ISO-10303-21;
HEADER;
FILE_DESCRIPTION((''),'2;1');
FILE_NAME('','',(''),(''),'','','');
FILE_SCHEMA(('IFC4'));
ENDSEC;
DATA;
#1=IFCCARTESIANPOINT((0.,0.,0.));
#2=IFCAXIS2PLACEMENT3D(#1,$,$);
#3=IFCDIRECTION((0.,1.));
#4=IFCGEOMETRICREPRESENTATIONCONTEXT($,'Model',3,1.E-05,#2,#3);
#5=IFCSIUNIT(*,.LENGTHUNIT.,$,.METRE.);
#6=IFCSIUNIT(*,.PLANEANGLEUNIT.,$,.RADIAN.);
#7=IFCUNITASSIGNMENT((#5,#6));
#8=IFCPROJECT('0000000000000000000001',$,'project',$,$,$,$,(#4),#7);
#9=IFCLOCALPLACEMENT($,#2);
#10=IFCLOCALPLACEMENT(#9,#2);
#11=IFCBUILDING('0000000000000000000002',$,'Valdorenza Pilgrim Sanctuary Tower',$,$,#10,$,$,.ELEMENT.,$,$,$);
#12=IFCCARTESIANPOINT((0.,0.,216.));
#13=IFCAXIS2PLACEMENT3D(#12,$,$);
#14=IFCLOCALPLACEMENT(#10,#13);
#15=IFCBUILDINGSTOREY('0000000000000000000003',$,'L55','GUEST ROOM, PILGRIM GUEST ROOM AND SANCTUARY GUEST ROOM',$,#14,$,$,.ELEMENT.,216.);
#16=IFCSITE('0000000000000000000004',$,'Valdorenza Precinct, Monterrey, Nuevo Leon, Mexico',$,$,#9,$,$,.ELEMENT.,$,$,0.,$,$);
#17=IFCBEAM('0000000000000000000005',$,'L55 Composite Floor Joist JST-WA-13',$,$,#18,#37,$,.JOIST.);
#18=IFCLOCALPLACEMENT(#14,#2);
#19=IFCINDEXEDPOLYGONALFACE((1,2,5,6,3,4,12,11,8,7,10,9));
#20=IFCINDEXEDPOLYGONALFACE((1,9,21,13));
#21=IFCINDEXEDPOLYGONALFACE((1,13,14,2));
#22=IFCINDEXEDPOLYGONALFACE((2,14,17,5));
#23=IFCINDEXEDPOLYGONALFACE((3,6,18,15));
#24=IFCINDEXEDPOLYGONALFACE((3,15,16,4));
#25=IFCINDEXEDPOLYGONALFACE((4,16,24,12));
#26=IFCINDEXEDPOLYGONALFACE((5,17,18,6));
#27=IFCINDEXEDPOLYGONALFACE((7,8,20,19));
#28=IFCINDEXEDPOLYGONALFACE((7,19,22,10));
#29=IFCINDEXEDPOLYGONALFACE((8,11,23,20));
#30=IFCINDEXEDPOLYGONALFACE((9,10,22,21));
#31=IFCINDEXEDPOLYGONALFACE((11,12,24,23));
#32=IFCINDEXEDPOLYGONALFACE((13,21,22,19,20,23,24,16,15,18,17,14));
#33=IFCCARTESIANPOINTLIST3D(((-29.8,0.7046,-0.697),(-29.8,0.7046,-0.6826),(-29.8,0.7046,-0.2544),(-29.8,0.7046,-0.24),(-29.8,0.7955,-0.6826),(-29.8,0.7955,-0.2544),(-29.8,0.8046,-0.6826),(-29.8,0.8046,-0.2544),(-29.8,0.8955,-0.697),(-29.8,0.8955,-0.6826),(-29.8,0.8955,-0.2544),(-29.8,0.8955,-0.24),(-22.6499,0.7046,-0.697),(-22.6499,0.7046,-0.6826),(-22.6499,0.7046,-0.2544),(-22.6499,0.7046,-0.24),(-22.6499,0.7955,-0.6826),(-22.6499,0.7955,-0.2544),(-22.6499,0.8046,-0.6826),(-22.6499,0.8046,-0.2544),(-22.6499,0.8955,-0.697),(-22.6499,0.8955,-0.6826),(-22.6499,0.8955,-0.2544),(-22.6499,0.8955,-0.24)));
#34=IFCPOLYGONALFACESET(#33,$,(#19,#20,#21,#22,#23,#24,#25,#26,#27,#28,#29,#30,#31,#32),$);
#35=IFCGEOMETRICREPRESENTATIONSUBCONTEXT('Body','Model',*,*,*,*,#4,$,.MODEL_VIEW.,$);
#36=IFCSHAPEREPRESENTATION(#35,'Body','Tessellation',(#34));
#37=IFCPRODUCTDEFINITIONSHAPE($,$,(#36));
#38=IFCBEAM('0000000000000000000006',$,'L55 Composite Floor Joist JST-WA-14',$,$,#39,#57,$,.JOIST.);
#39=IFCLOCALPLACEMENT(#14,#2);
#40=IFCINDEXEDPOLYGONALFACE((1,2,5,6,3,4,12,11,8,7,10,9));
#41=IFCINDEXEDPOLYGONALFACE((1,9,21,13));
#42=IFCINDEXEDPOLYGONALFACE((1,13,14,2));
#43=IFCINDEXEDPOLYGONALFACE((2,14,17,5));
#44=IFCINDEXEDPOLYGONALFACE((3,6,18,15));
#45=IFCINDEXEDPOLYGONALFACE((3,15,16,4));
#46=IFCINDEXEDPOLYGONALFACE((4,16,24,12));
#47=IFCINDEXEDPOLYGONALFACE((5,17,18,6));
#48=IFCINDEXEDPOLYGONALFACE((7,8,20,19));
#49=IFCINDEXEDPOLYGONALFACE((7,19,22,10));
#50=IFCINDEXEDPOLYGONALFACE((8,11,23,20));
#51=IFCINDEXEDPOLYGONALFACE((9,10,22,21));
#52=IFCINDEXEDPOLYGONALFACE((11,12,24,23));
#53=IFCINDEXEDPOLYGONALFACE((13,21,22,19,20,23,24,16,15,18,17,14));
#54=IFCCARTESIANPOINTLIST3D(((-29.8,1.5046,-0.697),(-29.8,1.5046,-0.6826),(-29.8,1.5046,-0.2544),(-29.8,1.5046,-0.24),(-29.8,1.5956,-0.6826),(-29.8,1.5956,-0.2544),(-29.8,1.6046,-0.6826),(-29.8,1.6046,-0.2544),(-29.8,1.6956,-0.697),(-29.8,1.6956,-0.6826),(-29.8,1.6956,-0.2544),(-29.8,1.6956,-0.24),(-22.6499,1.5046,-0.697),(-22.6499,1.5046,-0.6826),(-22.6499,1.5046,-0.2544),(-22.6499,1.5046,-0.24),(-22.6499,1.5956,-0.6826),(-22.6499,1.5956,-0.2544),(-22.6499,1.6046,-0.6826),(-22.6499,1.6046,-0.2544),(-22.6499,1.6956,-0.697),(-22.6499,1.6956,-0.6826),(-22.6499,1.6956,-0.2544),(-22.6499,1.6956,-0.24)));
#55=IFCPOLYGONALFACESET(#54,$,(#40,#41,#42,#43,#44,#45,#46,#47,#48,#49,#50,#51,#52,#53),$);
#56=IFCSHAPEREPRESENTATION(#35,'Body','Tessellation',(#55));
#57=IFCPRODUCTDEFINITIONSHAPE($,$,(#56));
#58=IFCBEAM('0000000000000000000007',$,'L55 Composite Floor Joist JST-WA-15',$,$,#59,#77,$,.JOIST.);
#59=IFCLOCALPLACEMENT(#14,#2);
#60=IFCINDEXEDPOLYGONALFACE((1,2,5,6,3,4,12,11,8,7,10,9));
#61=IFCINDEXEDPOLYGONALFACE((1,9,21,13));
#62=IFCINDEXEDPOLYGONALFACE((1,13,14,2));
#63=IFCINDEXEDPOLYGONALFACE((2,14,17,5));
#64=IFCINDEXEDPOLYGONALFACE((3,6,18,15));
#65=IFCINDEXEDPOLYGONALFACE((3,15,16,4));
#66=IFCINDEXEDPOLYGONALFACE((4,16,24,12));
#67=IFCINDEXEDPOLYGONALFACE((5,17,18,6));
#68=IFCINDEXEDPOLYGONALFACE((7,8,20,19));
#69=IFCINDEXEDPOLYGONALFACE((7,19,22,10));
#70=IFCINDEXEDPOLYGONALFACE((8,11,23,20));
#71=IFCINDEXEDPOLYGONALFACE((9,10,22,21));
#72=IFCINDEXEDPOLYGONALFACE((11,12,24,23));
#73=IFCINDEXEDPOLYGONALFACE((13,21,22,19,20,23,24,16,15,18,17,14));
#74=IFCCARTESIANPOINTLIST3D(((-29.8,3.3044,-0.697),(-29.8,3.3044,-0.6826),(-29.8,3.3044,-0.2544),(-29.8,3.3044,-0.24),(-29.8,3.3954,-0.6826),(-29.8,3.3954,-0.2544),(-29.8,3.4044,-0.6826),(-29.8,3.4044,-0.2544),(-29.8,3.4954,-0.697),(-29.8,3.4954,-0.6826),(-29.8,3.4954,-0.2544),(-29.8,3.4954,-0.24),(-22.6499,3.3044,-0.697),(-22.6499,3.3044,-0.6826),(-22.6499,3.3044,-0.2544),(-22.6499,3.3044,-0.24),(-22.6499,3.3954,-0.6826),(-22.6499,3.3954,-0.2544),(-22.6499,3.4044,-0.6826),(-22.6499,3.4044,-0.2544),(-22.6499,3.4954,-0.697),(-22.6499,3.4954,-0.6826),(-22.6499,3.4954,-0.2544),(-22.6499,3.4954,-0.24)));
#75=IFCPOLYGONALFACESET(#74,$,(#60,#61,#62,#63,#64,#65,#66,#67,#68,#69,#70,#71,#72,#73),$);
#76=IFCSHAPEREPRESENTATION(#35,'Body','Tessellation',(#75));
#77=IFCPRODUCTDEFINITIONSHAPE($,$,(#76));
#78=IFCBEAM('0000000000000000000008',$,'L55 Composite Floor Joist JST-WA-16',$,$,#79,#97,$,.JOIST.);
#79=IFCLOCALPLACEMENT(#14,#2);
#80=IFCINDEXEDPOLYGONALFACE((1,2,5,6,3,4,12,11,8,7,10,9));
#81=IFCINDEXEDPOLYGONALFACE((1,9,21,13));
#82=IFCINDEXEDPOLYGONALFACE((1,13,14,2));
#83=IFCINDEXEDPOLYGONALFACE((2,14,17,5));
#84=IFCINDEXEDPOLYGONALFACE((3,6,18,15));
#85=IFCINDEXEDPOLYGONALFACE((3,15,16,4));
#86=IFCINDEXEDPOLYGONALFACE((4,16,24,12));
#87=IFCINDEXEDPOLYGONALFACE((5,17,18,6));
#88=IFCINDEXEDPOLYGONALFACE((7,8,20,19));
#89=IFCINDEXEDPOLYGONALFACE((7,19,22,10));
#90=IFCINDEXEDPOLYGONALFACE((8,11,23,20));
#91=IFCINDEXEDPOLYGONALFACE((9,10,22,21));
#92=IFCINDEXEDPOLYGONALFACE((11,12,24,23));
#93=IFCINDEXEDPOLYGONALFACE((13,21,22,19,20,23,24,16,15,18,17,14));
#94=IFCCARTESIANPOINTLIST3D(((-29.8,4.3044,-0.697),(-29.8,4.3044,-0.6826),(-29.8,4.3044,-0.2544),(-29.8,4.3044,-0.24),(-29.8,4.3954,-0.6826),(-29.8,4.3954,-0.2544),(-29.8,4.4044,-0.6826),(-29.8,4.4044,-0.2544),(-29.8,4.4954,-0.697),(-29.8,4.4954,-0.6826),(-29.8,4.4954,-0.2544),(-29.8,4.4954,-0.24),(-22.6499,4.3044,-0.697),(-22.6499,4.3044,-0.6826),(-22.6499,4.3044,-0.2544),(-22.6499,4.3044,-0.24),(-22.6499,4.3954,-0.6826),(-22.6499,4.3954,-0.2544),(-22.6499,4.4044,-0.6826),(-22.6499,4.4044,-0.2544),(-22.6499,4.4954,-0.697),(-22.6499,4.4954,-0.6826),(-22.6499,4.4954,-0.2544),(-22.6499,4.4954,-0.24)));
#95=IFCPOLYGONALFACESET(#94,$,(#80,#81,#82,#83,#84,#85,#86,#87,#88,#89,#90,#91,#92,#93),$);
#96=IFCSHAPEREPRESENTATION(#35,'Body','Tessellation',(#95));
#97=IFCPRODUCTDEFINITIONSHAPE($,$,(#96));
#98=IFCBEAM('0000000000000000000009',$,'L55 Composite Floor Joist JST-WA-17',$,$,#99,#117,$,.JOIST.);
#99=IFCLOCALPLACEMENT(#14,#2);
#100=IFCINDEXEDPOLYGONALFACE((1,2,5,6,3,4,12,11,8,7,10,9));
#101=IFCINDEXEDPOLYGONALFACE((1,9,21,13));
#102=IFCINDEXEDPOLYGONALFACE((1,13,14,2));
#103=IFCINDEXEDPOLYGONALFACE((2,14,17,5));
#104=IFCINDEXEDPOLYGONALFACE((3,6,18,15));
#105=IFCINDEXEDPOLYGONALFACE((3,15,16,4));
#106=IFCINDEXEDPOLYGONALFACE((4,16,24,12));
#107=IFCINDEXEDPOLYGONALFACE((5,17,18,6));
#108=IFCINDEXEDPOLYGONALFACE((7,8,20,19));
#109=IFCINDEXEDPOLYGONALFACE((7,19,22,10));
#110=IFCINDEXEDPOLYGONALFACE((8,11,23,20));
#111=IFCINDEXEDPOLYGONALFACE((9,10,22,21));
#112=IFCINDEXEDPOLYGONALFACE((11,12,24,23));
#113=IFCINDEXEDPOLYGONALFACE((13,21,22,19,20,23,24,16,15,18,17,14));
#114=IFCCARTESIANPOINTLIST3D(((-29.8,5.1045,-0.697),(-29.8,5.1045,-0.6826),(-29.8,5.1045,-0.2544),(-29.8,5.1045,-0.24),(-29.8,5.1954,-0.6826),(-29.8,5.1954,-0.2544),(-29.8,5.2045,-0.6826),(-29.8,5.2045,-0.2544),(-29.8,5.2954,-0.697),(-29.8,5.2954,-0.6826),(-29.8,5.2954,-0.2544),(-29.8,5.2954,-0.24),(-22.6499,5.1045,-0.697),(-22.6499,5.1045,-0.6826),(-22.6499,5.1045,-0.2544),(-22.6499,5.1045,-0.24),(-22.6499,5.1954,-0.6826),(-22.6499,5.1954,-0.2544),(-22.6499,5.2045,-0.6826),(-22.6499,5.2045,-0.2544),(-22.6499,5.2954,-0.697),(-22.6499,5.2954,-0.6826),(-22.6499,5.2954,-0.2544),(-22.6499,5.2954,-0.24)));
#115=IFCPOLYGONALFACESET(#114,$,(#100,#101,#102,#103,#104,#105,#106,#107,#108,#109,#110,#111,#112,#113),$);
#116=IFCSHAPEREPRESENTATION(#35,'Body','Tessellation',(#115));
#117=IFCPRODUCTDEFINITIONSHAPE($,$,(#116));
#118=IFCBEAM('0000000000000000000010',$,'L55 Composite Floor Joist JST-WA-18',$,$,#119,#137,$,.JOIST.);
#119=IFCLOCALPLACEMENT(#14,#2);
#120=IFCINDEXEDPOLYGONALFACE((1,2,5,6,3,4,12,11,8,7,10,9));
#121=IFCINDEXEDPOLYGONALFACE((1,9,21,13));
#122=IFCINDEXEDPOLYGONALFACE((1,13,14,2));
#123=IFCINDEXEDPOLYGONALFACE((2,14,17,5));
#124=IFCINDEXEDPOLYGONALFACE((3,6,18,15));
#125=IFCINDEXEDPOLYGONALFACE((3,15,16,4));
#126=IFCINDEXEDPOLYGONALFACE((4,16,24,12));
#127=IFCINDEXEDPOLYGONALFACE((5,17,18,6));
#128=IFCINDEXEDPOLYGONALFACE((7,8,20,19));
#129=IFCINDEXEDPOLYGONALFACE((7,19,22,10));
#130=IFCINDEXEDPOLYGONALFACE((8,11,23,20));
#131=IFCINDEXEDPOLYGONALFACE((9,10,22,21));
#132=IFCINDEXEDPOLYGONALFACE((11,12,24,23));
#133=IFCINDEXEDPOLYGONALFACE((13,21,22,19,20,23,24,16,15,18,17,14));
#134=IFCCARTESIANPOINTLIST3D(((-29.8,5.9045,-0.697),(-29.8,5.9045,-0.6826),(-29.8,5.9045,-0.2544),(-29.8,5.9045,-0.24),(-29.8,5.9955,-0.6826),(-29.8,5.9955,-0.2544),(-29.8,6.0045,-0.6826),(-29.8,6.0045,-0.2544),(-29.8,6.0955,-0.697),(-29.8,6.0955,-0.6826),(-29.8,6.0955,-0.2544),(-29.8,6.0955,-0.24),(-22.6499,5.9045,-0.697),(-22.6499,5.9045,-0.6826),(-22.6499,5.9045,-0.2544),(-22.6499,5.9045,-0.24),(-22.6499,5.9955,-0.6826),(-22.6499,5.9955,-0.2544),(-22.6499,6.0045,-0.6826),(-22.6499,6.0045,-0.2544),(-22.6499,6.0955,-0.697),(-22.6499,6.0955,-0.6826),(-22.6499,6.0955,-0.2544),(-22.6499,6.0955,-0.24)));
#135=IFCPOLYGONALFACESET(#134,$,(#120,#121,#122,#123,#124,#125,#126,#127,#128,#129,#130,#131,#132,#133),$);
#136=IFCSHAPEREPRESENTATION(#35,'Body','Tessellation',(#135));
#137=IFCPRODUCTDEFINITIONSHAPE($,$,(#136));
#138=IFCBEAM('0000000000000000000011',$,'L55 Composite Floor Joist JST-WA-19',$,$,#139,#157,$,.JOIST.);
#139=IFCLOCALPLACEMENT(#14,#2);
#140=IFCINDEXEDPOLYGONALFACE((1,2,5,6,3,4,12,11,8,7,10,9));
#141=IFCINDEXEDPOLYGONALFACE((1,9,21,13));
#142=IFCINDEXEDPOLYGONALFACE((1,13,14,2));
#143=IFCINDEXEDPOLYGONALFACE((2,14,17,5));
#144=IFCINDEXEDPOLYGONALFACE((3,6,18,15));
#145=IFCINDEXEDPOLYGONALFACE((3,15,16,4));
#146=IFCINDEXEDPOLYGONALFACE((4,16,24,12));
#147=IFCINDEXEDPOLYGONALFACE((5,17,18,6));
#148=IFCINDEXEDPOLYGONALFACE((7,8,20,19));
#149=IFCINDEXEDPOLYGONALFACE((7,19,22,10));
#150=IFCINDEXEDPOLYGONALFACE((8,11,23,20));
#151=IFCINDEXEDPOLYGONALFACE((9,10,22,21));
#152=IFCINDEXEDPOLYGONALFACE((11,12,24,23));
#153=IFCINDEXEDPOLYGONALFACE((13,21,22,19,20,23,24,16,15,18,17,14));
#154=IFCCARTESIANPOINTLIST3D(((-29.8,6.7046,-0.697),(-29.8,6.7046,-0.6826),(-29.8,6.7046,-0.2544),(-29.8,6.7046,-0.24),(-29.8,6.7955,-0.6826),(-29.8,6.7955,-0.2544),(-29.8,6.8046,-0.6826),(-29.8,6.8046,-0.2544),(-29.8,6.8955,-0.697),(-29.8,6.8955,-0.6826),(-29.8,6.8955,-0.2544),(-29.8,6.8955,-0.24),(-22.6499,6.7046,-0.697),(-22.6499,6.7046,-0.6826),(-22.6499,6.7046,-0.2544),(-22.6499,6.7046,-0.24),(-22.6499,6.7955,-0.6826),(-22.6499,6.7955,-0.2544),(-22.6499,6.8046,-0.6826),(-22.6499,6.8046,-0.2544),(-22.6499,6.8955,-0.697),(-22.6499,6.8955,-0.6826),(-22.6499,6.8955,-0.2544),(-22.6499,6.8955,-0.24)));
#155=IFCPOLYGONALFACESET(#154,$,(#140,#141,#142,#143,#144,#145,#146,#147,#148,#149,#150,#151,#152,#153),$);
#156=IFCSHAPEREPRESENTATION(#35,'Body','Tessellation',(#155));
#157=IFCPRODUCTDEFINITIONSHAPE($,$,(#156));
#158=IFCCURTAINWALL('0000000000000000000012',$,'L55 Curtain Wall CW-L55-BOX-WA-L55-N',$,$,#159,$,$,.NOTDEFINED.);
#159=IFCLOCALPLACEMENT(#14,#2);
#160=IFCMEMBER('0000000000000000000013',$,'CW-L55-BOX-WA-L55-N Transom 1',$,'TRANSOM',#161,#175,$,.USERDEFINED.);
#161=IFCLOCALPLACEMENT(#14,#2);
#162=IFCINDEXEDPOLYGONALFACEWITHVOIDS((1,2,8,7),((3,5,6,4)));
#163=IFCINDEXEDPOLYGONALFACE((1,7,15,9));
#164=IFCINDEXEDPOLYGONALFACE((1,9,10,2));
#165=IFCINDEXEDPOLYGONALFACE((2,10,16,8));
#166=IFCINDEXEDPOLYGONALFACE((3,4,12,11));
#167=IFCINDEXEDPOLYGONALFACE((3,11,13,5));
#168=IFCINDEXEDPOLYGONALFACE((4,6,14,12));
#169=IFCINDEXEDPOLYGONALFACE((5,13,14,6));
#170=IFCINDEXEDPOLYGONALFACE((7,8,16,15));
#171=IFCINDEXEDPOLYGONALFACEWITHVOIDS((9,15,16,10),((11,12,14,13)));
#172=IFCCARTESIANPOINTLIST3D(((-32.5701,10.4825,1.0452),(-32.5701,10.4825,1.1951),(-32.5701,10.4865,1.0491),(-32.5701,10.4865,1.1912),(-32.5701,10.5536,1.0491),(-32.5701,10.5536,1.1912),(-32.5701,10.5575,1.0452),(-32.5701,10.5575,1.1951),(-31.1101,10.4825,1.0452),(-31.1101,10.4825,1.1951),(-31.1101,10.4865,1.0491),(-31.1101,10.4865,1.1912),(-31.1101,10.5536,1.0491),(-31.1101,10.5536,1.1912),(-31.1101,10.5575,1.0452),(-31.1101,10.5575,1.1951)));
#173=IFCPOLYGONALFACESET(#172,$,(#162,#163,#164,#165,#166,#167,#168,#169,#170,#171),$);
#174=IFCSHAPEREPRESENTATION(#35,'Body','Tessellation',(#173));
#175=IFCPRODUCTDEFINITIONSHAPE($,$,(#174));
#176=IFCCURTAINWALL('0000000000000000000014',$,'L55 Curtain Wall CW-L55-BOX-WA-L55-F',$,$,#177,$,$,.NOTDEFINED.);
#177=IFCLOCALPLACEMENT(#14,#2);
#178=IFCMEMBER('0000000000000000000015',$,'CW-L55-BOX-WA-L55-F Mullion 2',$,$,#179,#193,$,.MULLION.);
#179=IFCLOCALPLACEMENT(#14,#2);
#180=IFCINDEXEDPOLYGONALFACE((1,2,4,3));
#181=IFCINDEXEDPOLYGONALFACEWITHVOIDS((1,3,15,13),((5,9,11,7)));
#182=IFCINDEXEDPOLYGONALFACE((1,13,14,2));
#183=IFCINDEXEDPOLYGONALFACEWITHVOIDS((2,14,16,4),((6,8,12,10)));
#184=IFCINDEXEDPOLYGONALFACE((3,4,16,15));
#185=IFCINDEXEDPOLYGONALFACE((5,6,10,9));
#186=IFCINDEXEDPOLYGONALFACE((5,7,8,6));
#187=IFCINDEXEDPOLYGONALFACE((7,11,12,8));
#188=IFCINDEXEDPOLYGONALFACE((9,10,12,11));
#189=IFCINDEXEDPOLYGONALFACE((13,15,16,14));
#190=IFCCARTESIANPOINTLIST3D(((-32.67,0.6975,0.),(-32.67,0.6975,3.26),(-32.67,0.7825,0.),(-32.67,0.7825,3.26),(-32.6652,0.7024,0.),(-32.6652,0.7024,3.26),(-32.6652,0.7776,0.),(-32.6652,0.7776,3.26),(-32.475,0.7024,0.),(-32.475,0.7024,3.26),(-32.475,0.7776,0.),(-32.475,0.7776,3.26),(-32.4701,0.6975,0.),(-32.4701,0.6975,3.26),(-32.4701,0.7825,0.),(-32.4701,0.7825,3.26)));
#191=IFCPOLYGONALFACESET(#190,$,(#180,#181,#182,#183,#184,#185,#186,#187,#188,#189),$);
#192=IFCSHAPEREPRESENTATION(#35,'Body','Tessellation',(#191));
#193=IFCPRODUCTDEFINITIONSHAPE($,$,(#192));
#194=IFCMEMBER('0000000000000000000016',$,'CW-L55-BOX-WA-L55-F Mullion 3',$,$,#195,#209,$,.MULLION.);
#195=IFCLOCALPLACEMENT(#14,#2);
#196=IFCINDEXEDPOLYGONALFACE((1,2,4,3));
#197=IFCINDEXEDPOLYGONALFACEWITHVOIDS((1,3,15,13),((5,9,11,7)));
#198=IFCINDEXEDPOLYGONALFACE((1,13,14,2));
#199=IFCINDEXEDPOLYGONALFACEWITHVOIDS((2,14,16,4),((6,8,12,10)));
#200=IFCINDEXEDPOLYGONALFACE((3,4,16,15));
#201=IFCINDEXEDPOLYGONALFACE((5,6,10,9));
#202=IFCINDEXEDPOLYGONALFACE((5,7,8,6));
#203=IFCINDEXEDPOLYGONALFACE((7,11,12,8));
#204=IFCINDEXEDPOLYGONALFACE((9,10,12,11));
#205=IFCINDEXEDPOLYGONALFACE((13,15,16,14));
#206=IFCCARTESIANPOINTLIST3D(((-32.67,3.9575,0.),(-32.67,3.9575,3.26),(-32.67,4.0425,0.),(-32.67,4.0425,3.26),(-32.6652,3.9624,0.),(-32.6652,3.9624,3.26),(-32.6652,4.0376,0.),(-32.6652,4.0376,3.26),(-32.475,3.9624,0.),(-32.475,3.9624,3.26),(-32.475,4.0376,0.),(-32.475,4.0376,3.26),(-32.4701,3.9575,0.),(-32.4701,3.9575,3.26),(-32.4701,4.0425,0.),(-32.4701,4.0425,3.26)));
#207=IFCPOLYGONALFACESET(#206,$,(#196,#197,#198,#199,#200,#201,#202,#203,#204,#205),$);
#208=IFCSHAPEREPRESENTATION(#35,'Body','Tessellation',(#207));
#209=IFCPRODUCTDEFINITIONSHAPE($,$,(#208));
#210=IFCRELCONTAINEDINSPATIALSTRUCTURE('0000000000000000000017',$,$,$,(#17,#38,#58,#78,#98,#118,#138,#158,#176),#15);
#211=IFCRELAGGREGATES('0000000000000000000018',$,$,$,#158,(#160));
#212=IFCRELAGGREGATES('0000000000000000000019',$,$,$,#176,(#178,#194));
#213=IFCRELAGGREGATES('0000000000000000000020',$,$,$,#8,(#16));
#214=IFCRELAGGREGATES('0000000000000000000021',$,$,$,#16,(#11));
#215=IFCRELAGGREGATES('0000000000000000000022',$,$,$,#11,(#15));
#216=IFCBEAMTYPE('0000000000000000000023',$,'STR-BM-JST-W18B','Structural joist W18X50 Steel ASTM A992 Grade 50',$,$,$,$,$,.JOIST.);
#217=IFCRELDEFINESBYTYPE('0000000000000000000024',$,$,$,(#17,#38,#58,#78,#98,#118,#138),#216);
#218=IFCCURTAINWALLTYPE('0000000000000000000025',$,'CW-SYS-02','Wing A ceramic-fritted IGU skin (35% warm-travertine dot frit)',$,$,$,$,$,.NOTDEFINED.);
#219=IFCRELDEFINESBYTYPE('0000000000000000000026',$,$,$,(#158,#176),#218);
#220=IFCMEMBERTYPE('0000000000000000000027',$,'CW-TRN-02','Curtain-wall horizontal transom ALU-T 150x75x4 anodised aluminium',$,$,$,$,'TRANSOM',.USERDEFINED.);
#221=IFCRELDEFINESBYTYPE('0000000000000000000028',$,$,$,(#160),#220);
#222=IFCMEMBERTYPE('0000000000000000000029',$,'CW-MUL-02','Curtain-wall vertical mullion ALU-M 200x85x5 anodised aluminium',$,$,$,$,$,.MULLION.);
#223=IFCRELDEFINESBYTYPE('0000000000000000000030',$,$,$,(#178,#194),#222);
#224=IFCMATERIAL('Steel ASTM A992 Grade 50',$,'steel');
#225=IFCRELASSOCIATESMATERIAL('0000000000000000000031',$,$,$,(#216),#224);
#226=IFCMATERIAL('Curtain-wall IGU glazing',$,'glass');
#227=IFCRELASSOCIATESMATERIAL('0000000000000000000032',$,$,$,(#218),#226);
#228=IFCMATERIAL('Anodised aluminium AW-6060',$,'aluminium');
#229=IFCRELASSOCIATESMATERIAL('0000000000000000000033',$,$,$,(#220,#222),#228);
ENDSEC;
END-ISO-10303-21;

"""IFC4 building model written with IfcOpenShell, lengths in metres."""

from ifc_helpers import new_model, si_unit, direction, frame, origin, origin_2d, place, context, subcontext, project, spatial, hollow_rectangle, i_section, extrude, source, transform, mapped, material, material_profile, profile_set, type_object, element, aggregate, save


model = new_model("IFC4")

# Units and contexts
model_context = context("Model", 3, precision=1e-05, world=origin(), true_north=direction((0.0, 1.0)))
body_context = subcontext(model_context, "Body", "Model", "MODEL_VIEW")
ifc_project = project(units=[si_unit("LENGTHUNIT", "METRE"), si_unit("PLANEANGLEUNIT", "RADIAN")], contexts=[model_context])

# Site, building, storey
site_placement = place(None, origin())
site = spatial("IfcSite", under=ifc_project, at=site_placement, Name="Valdorenza Precinct, Monterrey, Nuevo Leon, Mexico", CompositionType="ELEMENT", RefElevation=0.0)
building_placement = place(site_placement, origin())
building = spatial("IfcBuilding", under=site, at=building_placement, Name="Valdorenza Pilgrim Sanctuary Tower", CompositionType="ELEMENT")
storey_placement = place(building_placement, frame((0.0, 0.0, 216.0)))
storey = spatial("IfcBuildingStorey", under=building, at=storey_placement, Name="L55", Description="GUEST ROOM, PILGRIM GUEST ROOM AND SANCTUARY GUEST ROOM", CompositionType="ELEMENT", Elevation=216.0)

# Beams
ifc_material_1 = material(Name="Steel ASTM A992 Grade 50", Category="steel")
ifc_material_profile_1 = material_profile(ifc_material_1, i_section(OverallWidth=0.1909, OverallDepth=0.457, WebThickness=0.009, FlangeThickness=0.0144, at=origin_2d()), Name="W18X50")
ifc_profile_set_1 = profile_set([ifc_material_profile_1], Name="Steel ASTM A992 Grade 50")
beam_type = type_object("IfcBeamType", Name="STR-BM-JST-W18B", Description="Structural joist W18X50 Steel ASTM A992 Grade 50", PredefinedType="JOIST", material=ifc_profile_set_1)
shared_shape_1 = source(origin(), body_context, "Body", "SweptSolid", [
    extrude(i_section(OverallWidth=0.1909, OverallDepth=0.457, WebThickness=0.009, FlangeThickness=0.0144, at=origin_2d()), origin(), (0.0, 0.0, 1.0), 7.1501),
])
for number, where, z_axis, x_axis, name in (
    (1, (-29.8, 0.8, -0.4685), (1.0, 0.0, 0.0), (0.0, 1.0, 0.0), "L55 Composite Floor Joist JST-WA-13"),
    (2, (-29.8, 1.6001, -0.4685), (1.0, 0.0, 0.0), (0.0, 1.0, 0.0), "L55 Composite Floor Joist JST-WA-14"),
    (3, (-29.8, 3.3999, -0.4685), (1.0, 0.0, 0.0), (0.0, 1.0, 0.0), "L55 Composite Floor Joist JST-WA-15"),
    (4, (-29.8, 4.3999, -0.4685), (1.0, 0.0, 0.0), (0.0, 1.0, 0.0), "L55 Composite Floor Joist JST-WA-16"),
    (5, (-29.8, 5.2, -0.4685), (1.0, 0.0, 0.0), (0.0, 1.0, 0.0), "L55 Composite Floor Joist JST-WA-17"),
    (6, (-29.8, 6.0, -0.4685), (1.0, 0.0, 0.0), (0.0, 1.0, 0.0), "L55 Composite Floor Joist JST-WA-18"),
    (7, (-29.8, 6.8, -0.4685), (1.0, 0.0, 0.0), (0.0, 1.0, 0.0), "L55 Composite Floor Joist JST-WA-19"),
):
    element("IfcBeam", number, at=place(storey_placement, frame(where, z_axis=z_axis, x_axis=x_axis)), inside=storey, type_object=beam_type, Name=name, PredefinedType="JOIST", context=body_context, shape_type="MappedRepresentation", body=[
        mapped(shared_shape_1, transform((0.0, 0.0, 0.0), x_axis=(1.0, 0.0, 0.0), y_axis=(0.0, 1.0, 0.0), z_axis=(0.0, 0.0, 1.0), scale=1.0)),
    ])

# Curtain wall, member
ifc_material_2 = material(Name="Curtain-wall IGU glazing", Category="glass")
curtain_wall_type = type_object("IfcCurtainWallType", Name="CW-SYS-02", Description="Wing A ceramic-fritted IGU skin (35% warm-travertine dot frit)", PredefinedType="NOTDEFINED", material=ifc_material_2)
curtain_wall_1_placement = place(storey_placement, origin())
curtain_wall_1 = element("IfcCurtainWall", 8, at=curtain_wall_1_placement, inside=storey, type_object=curtain_wall_type, Name="L55 Curtain Wall CW-L55-BOX-WA-L55-N", PredefinedType="NOTDEFINED")
ifc_material_3 = material(Name="Anodised aluminium AW-6060", Category="aluminium")
ifc_material_profile_2 = material_profile(ifc_material_3, hollow_rectangle(XDim=0.075, YDim=0.1499, WallThickness=0.0039, at=origin_2d()), Name="ALU-T 150x75x4")
ifc_profile_set_2 = profile_set([ifc_material_profile_2], Name="Anodised aluminium AW-6060")
member_type_1 = type_object("IfcMemberType", Name="CW-TRN-02", Description="Curtain-wall horizontal transom ALU-T 150x75x4 anodised aluminium", ElementType="TRANSOM", PredefinedType="USERDEFINED", material=ifc_profile_set_2)
shared_shape_2 = source(origin(), body_context, "Body", "SweptSolid", [
    extrude(hollow_rectangle(XDim=0.075, YDim=0.1499, WallThickness=0.0039, at=origin_2d()), origin(), (0.0, 0.0, 1.0), 1.46),
])
member_1_placement = place(storey_placement, frame((-32.5701, 10.52, 1.1201), z_axis=(1.0, 0.0, 0.0), x_axis=(0.0, 1.0, 0.0)))
member_1 = element("IfcMember", 9, at=member_1_placement, type_object=member_type_1, Name="CW-L55-BOX-WA-L55-N Transom 1", ObjectType="TRANSOM", PredefinedType="USERDEFINED", context=body_context, shape_type="MappedRepresentation", body=[
    mapped(shared_shape_2, transform((0.0, 0.0, 0.0), x_axis=(1.0, 0.0, 0.0), y_axis=(0.0, 1.0, 0.0), z_axis=(0.0, 0.0, 1.0), scale=1.0)),
])

# Curtain wall, members
curtain_wall_2_placement = place(storey_placement, origin())
curtain_wall_2 = element("IfcCurtainWall", 10, at=curtain_wall_2_placement, inside=storey, type_object=curtain_wall_type, Name="L55 Curtain Wall CW-L55-BOX-WA-L55-F", PredefinedType="NOTDEFINED")
ifc_material_profile_3 = material_profile(ifc_material_3, hollow_rectangle(XDim=0.085, YDim=0.2, WallThickness=0.0049, at=origin_2d()), Name="ALU-M 200x85x5")
ifc_profile_set_3 = profile_set([ifc_material_profile_3], Name="Anodised aluminium AW-6060")
member_type_2 = type_object("IfcMemberType", Name="CW-MUL-02", Description="Curtain-wall vertical mullion ALU-M 200x85x5 anodised aluminium", PredefinedType="MULLION", material=ifc_profile_set_3)
shared_shape_3 = source(origin(), body_context, "Body", "SweptSolid", [
    extrude(hollow_rectangle(XDim=0.085, YDim=0.2, WallThickness=0.0049, at=origin_2d()), origin(), (0.0, 0.0, 1.0), 3.26),
])
member_2_placement = place(storey_placement, frame((-32.5701, 0.74, 0.0), z_axis=(0.0, 0.0, 1.0), x_axis=(0.0, 1.0, 0.0)))
member_2 = element("IfcMember", 11, at=member_2_placement, type_object=member_type_2, Name="CW-L55-BOX-WA-L55-F Mullion 2", PredefinedType="MULLION", context=body_context, shape_type="MappedRepresentation", body=[
    mapped(shared_shape_3, transform((0.0, 0.0, 0.0), x_axis=(1.0, 0.0, 0.0), y_axis=(0.0, 1.0, 0.0), z_axis=(0.0, 0.0, 1.0), scale=1.0)),
])
member_3_placement = place(storey_placement, frame((-32.5701, 4.0, 0.0), z_axis=(0.0, 0.0, 1.0), x_axis=(0.0, 1.0, 0.0)))
member_3 = element("IfcMember", 12, at=member_3_placement, type_object=member_type_2, Name="CW-L55-BOX-WA-L55-F Mullion 3", PredefinedType="MULLION", context=body_context, shape_type="MappedRepresentation", body=[
    mapped(shared_shape_3, transform((0.0, 0.0, 0.0), x_axis=(1.0, 0.0, 0.0), y_axis=(0.0, 1.0, 0.0), z_axis=(0.0, 0.0, 1.0), scale=1.0)),
])

aggregate(curtain_wall_1, [member_1])
aggregate(curtain_wall_2, [member_2, member_3])

save(model, "model.ifc")
